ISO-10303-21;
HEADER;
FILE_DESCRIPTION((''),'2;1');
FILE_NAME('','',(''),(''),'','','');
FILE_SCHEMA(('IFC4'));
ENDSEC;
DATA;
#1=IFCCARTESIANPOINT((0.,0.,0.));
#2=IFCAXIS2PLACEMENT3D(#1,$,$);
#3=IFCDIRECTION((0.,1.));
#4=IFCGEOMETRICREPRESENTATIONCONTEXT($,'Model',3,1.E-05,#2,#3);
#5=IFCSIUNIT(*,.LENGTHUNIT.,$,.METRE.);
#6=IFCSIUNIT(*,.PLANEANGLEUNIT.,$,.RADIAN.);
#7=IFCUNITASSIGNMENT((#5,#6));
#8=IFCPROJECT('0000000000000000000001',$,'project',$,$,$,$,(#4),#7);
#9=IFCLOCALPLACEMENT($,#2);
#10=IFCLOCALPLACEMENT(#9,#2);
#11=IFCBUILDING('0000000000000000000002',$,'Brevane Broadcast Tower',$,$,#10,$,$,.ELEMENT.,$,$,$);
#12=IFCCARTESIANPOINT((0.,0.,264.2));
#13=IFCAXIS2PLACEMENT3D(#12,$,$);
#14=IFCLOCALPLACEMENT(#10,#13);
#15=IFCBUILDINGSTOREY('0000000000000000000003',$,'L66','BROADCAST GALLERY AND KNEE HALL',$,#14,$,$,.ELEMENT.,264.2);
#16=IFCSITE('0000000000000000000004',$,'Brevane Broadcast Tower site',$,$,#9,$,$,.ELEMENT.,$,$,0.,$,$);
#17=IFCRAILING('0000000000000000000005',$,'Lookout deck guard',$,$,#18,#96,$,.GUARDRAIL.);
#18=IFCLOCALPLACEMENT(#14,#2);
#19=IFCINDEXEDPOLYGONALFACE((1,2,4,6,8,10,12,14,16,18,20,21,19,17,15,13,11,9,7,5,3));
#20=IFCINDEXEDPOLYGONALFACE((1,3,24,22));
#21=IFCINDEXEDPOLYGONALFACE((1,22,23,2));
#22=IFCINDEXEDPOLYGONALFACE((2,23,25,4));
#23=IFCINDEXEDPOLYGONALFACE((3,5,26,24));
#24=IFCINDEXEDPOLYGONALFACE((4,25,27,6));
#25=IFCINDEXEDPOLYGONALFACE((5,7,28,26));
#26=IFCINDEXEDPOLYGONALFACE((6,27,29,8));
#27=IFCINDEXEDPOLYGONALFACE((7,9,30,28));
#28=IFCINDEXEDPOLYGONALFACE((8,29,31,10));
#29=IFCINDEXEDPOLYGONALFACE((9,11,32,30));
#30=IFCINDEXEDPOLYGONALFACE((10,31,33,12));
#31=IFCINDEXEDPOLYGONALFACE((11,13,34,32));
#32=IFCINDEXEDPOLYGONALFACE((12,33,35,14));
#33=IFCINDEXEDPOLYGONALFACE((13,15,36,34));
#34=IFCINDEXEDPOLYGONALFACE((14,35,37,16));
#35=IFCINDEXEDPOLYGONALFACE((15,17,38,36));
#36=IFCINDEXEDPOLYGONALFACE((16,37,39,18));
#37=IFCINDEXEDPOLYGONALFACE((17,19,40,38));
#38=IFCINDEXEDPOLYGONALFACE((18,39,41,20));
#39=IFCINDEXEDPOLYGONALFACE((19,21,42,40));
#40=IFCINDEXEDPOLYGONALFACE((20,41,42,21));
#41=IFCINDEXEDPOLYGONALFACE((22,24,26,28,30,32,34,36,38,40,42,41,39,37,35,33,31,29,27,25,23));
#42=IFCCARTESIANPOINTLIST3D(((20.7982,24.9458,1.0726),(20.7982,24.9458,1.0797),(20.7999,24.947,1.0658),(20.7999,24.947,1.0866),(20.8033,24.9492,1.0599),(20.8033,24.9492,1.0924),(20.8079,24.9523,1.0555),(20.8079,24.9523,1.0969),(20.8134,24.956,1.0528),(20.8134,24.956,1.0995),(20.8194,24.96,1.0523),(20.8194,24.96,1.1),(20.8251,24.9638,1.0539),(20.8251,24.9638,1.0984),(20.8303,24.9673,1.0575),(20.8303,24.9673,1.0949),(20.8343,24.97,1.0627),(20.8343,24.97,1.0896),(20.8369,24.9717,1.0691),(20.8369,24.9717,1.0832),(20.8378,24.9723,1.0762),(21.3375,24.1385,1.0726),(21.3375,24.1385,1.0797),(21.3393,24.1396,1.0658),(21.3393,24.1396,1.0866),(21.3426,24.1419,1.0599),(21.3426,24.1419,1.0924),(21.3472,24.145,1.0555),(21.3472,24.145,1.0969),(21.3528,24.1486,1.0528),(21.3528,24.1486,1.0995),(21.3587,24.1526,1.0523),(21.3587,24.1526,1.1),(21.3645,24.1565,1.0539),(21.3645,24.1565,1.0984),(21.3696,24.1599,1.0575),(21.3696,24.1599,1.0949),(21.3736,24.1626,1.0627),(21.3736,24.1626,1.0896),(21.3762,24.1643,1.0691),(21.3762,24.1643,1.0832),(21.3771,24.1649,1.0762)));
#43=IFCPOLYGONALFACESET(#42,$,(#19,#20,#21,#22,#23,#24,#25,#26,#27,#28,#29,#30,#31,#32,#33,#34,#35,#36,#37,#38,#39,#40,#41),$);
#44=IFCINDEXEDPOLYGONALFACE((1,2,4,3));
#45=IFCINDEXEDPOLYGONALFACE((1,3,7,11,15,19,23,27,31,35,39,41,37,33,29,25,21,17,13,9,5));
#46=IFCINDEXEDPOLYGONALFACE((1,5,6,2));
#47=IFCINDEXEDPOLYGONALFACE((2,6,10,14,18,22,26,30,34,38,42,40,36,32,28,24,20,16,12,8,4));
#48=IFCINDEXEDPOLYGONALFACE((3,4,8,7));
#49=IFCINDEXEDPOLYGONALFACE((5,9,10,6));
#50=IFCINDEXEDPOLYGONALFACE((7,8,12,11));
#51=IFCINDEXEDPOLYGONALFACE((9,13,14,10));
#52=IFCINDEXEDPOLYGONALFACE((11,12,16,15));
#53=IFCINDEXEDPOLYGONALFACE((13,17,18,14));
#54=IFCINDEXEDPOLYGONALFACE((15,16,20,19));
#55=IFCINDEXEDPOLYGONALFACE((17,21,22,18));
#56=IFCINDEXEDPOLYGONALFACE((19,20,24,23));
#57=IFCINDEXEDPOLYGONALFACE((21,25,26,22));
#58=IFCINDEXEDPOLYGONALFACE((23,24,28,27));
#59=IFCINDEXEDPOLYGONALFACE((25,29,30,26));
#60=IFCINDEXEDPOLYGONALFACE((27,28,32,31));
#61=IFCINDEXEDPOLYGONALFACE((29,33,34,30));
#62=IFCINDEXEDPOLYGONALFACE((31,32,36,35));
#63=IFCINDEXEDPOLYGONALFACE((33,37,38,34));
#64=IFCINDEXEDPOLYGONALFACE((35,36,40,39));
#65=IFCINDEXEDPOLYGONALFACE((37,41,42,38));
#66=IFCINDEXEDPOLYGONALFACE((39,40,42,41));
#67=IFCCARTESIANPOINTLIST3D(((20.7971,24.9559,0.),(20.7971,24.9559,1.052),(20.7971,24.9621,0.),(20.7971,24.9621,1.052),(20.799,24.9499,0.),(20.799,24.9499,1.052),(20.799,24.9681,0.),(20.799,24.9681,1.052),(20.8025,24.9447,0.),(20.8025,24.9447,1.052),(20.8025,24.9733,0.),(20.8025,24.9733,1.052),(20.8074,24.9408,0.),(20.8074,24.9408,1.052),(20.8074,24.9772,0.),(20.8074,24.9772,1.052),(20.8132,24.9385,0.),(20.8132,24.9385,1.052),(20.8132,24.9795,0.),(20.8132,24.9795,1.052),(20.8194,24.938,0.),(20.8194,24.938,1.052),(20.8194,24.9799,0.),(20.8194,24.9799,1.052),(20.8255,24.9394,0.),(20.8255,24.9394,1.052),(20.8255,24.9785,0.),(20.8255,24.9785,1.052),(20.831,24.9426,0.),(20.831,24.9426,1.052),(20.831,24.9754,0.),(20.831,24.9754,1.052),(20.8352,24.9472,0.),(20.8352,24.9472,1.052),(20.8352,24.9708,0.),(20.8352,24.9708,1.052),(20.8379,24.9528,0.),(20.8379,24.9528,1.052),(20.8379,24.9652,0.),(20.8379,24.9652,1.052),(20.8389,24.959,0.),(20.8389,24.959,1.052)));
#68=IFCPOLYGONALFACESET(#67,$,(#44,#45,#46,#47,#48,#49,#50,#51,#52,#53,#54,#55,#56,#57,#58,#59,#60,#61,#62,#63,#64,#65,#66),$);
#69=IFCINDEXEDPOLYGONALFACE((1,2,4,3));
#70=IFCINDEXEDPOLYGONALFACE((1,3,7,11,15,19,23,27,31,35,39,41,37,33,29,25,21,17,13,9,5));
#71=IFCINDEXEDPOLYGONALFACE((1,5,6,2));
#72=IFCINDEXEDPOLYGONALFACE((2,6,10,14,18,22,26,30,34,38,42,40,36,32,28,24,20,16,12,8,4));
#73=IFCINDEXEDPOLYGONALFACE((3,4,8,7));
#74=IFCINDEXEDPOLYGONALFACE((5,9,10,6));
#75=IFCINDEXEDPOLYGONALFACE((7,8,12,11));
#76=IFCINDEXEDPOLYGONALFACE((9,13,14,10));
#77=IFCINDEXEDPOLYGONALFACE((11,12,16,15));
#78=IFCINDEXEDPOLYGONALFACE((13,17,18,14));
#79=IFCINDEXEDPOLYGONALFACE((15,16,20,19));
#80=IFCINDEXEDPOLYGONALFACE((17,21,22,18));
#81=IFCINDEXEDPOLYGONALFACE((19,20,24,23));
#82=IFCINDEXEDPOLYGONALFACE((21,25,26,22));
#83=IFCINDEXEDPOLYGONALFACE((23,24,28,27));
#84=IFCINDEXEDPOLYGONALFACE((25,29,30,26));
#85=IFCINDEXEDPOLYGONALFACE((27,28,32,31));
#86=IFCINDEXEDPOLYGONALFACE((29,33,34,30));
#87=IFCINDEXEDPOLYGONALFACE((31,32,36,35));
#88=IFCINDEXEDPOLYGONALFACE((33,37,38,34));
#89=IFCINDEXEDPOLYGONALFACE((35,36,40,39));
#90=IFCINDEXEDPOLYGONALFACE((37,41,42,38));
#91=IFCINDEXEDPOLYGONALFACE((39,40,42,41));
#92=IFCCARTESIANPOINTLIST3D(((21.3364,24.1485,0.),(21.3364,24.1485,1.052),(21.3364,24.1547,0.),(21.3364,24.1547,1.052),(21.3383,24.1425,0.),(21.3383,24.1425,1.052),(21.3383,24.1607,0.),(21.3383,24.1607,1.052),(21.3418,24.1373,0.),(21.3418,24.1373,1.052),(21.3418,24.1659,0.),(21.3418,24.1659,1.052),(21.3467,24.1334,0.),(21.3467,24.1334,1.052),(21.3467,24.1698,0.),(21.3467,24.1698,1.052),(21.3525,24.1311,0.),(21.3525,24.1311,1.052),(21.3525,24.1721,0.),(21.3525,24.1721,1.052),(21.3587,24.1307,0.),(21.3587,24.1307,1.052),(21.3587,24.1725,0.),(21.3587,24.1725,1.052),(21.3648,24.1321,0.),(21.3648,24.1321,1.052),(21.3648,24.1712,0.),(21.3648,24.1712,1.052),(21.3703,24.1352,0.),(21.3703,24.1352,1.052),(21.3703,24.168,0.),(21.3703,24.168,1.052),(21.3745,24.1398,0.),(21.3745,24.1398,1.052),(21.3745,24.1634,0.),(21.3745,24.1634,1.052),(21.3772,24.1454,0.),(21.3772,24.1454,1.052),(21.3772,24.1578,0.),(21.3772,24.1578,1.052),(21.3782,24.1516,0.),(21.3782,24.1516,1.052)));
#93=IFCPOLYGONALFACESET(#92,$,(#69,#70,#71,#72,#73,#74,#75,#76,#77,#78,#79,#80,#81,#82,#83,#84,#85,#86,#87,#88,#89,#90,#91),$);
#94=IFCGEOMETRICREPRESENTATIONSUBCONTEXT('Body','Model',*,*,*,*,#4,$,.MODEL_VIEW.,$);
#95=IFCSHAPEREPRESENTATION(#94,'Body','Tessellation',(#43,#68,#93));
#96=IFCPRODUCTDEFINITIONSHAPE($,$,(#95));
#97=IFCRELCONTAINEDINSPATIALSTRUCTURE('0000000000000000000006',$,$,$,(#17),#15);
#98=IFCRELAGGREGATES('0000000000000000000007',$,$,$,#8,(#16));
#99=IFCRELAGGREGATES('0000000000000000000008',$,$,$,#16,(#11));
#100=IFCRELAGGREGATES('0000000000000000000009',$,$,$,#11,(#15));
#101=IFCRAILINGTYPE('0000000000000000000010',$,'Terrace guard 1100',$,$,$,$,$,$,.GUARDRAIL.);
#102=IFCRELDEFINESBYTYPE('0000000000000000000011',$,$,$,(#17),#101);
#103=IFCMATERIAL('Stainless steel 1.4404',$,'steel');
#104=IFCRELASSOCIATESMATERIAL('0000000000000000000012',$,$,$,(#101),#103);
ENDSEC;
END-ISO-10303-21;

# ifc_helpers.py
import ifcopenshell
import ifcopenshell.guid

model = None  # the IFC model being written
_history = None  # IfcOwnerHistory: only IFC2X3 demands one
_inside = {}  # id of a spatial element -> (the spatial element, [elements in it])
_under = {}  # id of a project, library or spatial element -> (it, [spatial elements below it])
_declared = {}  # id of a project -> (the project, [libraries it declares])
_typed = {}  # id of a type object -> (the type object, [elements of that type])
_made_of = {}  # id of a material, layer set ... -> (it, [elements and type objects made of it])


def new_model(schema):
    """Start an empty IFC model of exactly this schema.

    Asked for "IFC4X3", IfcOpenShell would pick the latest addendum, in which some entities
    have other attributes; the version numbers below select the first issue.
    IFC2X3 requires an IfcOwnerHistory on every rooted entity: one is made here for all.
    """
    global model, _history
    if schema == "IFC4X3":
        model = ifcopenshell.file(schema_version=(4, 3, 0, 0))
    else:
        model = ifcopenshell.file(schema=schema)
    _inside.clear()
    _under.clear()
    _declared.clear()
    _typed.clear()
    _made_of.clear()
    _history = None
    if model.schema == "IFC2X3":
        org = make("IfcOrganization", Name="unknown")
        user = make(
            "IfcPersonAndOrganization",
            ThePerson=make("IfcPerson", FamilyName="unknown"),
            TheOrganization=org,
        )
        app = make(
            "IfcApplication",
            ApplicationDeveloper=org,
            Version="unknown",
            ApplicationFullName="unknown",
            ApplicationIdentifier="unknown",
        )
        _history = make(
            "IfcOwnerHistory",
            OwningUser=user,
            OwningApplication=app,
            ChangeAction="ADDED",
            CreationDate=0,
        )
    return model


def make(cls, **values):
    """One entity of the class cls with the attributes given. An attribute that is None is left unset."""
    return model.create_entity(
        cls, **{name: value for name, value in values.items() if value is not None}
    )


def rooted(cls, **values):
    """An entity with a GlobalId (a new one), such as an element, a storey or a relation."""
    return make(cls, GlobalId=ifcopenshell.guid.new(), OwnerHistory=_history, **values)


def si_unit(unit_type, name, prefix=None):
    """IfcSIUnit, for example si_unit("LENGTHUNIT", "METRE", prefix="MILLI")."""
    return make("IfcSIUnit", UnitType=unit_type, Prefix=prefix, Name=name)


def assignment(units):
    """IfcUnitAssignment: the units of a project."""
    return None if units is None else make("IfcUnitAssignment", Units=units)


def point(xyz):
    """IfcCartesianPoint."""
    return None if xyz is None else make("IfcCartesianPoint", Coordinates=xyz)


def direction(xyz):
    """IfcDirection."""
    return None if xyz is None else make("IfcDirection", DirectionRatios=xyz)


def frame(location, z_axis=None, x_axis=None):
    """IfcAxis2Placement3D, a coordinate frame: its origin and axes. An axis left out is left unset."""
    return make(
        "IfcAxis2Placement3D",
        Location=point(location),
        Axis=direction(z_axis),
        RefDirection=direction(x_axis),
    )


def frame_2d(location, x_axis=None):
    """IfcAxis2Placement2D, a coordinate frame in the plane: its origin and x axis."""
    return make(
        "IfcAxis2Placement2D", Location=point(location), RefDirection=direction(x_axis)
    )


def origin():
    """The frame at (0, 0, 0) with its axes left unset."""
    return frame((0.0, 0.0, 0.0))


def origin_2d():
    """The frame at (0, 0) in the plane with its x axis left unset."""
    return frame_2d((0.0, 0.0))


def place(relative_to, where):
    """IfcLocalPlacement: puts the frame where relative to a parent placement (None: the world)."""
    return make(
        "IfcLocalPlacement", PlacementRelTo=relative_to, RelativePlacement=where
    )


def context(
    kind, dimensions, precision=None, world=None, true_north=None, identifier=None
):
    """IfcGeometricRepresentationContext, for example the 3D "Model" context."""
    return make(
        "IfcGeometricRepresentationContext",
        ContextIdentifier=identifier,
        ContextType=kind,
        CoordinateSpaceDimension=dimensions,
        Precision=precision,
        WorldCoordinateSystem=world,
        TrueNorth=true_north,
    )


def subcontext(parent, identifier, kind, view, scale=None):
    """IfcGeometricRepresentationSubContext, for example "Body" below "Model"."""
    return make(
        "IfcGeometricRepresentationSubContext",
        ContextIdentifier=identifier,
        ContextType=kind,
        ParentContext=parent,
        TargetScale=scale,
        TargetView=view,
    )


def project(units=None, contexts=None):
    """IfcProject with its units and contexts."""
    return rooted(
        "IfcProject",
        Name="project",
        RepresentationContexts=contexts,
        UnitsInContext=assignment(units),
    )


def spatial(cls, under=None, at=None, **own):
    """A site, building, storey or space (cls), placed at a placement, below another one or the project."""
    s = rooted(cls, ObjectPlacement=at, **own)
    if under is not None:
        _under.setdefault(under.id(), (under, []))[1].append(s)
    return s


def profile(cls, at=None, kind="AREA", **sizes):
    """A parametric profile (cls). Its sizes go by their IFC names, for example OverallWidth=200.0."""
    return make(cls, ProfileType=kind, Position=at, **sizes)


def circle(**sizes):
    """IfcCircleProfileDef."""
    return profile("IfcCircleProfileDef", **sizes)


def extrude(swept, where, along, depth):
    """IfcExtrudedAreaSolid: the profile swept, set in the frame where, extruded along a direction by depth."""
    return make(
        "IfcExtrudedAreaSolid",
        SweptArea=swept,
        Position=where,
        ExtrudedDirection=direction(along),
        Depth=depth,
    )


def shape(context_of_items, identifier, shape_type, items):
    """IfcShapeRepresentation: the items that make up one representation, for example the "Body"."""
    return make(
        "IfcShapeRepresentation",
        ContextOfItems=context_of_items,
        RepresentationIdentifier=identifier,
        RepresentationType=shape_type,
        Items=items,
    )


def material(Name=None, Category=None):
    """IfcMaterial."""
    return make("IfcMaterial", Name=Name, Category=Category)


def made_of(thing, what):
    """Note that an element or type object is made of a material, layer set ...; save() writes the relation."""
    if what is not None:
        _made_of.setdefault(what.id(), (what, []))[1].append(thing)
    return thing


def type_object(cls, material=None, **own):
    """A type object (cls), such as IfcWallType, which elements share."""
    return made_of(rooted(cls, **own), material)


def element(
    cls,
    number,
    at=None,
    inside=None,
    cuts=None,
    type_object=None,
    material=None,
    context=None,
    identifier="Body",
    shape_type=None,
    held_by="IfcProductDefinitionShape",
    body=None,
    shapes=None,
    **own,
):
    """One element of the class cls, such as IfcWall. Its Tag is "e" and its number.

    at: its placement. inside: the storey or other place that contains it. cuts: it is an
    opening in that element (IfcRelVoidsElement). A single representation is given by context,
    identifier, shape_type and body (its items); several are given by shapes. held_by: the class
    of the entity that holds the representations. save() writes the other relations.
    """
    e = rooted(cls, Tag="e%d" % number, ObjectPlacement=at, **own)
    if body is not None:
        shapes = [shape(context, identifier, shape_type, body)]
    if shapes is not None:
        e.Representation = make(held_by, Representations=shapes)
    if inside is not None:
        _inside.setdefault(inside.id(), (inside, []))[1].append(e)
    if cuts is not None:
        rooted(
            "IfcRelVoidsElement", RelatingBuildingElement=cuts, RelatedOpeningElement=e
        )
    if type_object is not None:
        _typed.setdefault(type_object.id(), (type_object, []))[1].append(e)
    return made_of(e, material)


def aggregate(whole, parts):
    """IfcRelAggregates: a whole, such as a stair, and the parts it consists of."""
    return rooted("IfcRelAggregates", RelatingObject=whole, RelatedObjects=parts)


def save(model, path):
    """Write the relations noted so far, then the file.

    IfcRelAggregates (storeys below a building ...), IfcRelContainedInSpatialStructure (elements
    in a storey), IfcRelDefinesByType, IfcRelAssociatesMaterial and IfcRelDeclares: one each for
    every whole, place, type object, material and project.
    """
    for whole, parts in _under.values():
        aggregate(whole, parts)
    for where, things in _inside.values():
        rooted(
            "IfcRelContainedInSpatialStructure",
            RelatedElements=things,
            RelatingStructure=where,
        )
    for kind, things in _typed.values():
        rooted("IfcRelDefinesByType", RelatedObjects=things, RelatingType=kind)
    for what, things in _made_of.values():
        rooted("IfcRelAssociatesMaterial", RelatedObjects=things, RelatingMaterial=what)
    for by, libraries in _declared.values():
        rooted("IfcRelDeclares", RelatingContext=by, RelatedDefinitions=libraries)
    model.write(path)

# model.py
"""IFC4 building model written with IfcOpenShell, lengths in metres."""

from ifc_helpers import new_model, si_unit, direction, frame, origin, origin_2d, place, context, subcontext, project, spatial, circle, extrude, material, type_object, element, save


model = new_model("IFC4")

# Units and contexts
model_context = context("Model", 3, precision=1e-05, world=origin(), true_north=direction((0.0, 1.0)))
body_context = subcontext(model_context, "Body", "Model", "MODEL_VIEW")
ifc_project = project(units=[si_unit("LENGTHUNIT", "METRE"), si_unit("PLANEANGLEUNIT", "RADIAN")], contexts=[model_context])

# Site, building, storey
site_placement = place(None, origin())
site = spatial("IfcSite", under=ifc_project, at=site_placement, Name="Brevane Broadcast Tower site", CompositionType="ELEMENT", RefElevation=0.0)
building_placement = place(site_placement, origin())
building = spatial("IfcBuilding", under=site, at=building_placement, Name="Brevane Broadcast Tower", CompositionType="ELEMENT")
storey_placement = place(building_placement, frame((0.0, 0.0, 264.2)))
storey = spatial("IfcBuildingStorey", under=building, at=storey_placement, Name="L66", Description="BROADCAST GALLERY AND KNEE HALL", CompositionType="ELEMENT", Elevation=264.2)

# Railing
ifc_material_1 = material(Name="Stainless steel 1.4404", Category="steel")
railing_type_1 = type_object("IfcRailingType", Name="Terrace guard 1100", PredefinedType="GUARDRAIL", material=ifc_material_1)
railing_1_placement = place(storey_placement, frame((20.8179, 24.959, 0.0)))
element("IfcRailing", 1, at=railing_1_placement, inside=storey, type_object=railing_type_1, Name="Lookout deck guard", PredefinedType="GUARDRAIL", context=body_context, shape_type="SweptSolid", body=[
    extrude(circle(Radius=0.0239, at=origin_2d()), frame((0.0, 0.0, 1.0762), z_axis=(0.555454, -0.831547, 0.0), x_axis=(0.831547, 0.555454, 0.0)), (0.0, 0.0, 1.0), 0.9709),
    extrude(circle(Radius=0.021, at=origin_2d()), origin(), (0.0, 0.0, 1.0), 1.052),
    extrude(circle(Radius=0.021, at=origin_2d()), frame((0.5393, -0.8074, 0.0)), (0.0, 0.0, 1.0), 1.052),
])

save(model, "model.ifc")
